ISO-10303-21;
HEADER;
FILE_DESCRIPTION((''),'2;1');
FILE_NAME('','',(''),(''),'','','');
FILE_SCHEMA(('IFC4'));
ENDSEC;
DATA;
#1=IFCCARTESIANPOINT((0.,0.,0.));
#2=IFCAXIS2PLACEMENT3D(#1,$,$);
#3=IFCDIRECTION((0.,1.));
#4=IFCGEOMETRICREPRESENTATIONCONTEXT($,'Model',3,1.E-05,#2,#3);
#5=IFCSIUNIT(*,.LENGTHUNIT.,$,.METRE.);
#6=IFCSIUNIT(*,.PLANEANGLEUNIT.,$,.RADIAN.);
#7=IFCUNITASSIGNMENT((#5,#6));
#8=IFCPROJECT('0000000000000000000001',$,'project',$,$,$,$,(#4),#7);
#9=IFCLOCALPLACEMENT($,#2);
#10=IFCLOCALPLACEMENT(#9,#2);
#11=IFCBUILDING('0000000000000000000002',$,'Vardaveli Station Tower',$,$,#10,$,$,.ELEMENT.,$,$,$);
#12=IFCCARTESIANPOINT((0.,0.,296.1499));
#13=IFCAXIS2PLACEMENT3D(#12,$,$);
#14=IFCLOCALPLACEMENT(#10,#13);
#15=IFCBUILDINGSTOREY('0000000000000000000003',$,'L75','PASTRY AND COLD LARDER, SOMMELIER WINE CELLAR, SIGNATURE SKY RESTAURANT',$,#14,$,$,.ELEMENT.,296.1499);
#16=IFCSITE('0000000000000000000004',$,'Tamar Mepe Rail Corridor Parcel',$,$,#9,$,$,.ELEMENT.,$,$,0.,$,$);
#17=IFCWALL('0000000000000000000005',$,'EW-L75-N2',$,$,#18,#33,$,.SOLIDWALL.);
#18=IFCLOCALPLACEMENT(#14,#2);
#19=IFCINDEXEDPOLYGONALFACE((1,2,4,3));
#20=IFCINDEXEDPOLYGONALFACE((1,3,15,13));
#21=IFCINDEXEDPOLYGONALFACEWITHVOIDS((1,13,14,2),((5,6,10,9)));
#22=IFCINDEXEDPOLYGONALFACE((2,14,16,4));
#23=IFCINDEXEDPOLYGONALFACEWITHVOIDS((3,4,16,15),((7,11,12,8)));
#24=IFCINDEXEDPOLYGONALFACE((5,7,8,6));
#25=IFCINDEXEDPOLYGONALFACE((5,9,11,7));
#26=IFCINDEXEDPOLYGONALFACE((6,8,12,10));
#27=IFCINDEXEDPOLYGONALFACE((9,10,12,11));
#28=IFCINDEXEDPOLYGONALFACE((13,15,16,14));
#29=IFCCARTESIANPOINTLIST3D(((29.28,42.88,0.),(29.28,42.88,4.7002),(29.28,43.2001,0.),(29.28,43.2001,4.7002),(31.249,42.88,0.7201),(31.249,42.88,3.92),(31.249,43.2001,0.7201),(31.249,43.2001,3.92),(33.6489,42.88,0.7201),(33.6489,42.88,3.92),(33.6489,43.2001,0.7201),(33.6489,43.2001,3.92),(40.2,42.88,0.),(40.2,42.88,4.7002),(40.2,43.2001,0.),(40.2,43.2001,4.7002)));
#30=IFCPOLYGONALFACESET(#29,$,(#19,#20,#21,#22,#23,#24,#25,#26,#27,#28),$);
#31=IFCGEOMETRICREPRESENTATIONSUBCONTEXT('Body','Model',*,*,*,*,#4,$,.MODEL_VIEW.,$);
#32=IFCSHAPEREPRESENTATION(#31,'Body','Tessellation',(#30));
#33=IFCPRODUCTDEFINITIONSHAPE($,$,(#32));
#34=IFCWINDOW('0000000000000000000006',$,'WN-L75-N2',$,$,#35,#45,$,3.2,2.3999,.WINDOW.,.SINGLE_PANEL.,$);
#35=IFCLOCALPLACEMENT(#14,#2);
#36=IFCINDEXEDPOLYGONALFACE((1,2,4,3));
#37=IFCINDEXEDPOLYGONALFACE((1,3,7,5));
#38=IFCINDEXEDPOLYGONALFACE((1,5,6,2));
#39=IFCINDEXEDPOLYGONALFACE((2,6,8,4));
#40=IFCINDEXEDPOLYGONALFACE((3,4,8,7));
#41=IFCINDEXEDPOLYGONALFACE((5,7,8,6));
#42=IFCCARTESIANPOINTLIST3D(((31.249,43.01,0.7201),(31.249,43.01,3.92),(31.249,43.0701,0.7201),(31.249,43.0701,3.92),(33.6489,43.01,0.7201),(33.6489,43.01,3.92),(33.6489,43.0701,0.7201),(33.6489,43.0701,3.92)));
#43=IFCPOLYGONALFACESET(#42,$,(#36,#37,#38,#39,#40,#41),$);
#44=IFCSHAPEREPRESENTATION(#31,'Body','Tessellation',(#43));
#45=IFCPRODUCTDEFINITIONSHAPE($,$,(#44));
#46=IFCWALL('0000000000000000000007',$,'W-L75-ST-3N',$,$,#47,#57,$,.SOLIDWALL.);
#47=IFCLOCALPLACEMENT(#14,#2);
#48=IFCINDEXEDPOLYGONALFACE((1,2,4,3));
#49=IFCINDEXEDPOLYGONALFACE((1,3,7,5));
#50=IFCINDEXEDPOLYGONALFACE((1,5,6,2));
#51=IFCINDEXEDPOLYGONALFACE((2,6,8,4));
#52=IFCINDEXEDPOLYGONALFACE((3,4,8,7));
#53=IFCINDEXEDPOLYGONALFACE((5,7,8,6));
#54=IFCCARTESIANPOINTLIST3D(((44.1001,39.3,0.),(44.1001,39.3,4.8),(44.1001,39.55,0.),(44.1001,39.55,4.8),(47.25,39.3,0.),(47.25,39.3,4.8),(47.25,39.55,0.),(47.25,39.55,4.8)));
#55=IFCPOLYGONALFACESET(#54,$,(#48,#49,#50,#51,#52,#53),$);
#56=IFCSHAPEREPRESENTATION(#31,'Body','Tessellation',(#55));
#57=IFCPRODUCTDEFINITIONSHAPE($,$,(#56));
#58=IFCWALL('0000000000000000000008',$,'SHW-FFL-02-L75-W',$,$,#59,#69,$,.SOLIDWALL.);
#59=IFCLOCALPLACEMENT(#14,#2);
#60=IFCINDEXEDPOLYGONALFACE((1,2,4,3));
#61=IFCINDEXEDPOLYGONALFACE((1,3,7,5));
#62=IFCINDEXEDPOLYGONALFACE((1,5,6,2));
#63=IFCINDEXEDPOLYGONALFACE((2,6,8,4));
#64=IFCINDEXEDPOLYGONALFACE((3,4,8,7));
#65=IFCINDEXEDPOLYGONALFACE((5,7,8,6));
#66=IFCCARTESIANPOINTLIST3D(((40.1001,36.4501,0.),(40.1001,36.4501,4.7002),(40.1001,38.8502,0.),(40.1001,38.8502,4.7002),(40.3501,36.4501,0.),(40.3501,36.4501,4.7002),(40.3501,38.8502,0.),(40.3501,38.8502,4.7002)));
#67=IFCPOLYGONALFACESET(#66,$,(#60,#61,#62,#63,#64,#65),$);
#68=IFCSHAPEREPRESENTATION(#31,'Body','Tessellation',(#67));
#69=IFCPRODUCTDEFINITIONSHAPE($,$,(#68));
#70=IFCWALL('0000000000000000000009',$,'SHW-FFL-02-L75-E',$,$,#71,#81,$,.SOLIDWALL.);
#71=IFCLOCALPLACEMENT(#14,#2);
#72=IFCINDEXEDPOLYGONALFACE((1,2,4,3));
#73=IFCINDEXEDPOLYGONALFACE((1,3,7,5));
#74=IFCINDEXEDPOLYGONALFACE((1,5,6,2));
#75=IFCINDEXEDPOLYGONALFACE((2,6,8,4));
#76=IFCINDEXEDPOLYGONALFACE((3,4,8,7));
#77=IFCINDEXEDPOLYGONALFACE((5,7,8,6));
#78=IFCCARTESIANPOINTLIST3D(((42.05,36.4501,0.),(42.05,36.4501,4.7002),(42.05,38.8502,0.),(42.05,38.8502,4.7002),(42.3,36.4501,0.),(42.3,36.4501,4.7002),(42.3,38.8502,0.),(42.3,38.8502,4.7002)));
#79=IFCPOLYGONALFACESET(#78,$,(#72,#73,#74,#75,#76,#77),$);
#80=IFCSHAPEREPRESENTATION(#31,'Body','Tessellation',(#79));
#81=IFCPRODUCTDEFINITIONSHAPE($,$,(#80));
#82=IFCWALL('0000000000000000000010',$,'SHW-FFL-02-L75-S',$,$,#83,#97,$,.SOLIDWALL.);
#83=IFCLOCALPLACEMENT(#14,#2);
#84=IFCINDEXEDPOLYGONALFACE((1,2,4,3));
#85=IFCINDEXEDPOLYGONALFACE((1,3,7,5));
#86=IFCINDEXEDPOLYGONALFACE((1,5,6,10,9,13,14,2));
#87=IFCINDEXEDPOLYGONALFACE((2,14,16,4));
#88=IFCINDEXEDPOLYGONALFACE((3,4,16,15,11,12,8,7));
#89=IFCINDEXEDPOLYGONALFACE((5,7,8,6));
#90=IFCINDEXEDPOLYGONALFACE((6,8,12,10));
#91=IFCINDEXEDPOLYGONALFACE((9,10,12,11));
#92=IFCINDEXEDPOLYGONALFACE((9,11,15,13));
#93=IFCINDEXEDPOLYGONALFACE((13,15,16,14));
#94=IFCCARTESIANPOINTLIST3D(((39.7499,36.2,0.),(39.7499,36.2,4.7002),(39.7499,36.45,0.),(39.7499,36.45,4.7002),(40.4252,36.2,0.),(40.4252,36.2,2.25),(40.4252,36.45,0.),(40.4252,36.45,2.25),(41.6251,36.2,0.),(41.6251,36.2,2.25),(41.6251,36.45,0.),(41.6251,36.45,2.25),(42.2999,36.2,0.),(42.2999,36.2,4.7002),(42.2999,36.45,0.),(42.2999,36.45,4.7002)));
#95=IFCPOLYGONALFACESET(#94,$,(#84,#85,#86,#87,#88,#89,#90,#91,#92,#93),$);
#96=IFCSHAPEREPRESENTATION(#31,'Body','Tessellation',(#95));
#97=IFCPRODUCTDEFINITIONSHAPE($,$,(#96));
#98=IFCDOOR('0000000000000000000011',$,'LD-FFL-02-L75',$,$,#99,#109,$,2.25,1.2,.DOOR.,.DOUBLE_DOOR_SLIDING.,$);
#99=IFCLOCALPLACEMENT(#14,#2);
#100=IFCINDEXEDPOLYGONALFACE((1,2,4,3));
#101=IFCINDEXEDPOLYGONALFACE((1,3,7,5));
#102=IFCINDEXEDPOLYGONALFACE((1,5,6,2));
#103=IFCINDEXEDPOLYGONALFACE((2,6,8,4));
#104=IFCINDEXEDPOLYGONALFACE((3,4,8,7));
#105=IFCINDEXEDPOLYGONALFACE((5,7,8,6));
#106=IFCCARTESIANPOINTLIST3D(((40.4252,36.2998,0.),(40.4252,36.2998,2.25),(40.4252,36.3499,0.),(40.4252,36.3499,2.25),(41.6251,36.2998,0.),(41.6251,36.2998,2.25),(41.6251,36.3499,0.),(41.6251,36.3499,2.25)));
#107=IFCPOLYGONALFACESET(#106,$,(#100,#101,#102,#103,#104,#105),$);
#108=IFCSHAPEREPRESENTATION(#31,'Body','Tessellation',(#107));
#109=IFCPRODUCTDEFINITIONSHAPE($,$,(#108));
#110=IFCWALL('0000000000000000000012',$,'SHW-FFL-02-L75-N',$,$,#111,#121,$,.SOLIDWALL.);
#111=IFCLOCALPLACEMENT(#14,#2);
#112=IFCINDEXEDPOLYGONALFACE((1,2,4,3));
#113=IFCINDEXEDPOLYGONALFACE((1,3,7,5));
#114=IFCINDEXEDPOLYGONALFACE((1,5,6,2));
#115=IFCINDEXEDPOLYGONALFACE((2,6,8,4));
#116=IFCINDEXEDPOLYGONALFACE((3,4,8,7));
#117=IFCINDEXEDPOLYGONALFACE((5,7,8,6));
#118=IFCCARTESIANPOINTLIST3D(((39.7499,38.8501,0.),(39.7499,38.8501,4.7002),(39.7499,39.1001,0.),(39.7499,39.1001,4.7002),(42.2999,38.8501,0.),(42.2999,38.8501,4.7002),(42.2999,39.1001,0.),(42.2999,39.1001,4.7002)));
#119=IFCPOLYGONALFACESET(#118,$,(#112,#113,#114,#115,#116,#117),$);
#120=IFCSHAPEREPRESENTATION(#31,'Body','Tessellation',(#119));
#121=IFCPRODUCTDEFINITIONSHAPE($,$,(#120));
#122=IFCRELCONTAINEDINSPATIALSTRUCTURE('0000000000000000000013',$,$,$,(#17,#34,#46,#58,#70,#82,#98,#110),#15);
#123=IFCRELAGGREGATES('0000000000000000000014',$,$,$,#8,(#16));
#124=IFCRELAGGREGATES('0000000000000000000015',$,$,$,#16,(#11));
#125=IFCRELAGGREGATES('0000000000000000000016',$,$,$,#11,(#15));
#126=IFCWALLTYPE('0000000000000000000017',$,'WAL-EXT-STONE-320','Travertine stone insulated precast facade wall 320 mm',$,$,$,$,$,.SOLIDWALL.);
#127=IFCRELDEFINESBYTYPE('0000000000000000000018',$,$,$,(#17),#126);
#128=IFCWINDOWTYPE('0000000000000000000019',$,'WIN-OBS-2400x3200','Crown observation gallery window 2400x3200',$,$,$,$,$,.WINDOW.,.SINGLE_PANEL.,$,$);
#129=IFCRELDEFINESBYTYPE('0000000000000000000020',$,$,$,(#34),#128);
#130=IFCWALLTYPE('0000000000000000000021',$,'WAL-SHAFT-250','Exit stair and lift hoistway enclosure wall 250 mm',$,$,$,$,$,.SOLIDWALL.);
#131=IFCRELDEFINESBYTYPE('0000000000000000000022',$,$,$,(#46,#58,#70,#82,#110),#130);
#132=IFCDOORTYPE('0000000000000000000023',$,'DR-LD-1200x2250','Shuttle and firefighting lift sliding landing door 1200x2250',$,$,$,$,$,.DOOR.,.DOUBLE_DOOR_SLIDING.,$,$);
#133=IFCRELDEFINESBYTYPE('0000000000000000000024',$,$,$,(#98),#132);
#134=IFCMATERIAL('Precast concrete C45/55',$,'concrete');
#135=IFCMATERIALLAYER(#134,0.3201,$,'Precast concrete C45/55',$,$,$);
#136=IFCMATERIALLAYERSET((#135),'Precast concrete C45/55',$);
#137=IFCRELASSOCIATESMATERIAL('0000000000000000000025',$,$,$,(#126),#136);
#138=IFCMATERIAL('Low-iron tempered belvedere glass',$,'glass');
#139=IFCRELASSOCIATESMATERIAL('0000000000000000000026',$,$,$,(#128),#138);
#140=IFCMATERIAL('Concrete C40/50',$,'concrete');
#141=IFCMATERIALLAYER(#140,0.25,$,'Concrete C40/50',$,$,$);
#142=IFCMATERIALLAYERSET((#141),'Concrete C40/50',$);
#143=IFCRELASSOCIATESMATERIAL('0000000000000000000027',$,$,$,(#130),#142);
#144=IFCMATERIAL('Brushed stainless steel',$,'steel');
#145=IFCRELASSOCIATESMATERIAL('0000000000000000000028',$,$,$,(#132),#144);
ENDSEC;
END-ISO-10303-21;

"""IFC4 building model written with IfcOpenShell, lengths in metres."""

from ifc_helpers import new_model, si_unit, direction, frame, frame_2d, origin, place, context, subcontext, project, spatial, rectangle, extrude, source, transform, mapped, material, layer, layer_set, type_object, element, fill, save


model = new_model("IFC4")

# Units and contexts
model_context = context("Model", 3, precision=1e-05, world=origin(), true_north=direction((0.0, 1.0)))
body_context = subcontext(model_context, "Body", "Model", "MODEL_VIEW")
ifc_project = project(units=[si_unit("LENGTHUNIT", "METRE"), si_unit("PLANEANGLEUNIT", "RADIAN")], contexts=[model_context])

# Site, building, storey
site_placement = place(None, origin())
site = spatial("IfcSite", under=ifc_project, at=site_placement, Name="Tamar Mepe Rail Corridor Parcel", CompositionType="ELEMENT", RefElevation=0.0)
building_placement = place(site_placement, origin())
building = spatial("IfcBuilding", under=site, at=building_placement, Name="Vardaveli Station Tower", CompositionType="ELEMENT")
storey_placement = place(building_placement, frame((0.0, 0.0, 296.1499)))
storey = spatial("IfcBuildingStorey", under=building, at=storey_placement, Name="L75", Description="PASTRY AND COLD LARDER, SOMMELIER WINE CELLAR, SIGNATURE SKY RESTAURANT", CompositionType="ELEMENT", Elevation=296.1499)

# Shared definitions
ifc_material_1 = material(Name="Precast concrete C45/55", Category="concrete")

# Wall, opening, window
ifc_layer_1 = layer(ifc_material_1, 0.3201, Name="Precast concrete C45/55")
ifc_layer_set_1 = layer_set([ifc_layer_1], Name="Precast concrete C45/55")
wall_type_1 = type_object("IfcWallType", Name="WAL-EXT-STONE-320", Description="Travertine stone insulated precast facade wall 320 mm", PredefinedType="SOLIDWALL", material=ifc_layer_set_1)
shared_shape_1 = source(origin(), body_context, "Body", "SweptSolid", [
    extrude(rectangle(XDim=10.9199, YDim=0.3201, at=frame_2d((5.46, 0.0))), origin(), (0.0, 0.0, 1.0), 4.7002),
])
wall_1_placement = place(storey_placement, frame((40.2, 43.04, 0.0), z_axis=(0.0, 0.0, 1.0), x_axis=(-1.0, 0.0, 0.0)))
wall_1 = element("IfcWall", 1, at=wall_1_placement, inside=storey, type_object=wall_type_1, Name="EW-L75-N2", PredefinedType="SOLIDWALL", context=body_context, shape_type="MappedRepresentation", body=[
    mapped(shared_shape_1, transform((0.0, 0.0, 0.0), scale=1.0)),
])
shared_shape_2 = source(origin(), body_context, "Body", "SweptSolid", [
    extrude(rectangle(XDim=2.3999, YDim=3.2, at=frame_2d((1.2, 1.6001))), frame((0.0, 0.1699, 0.0), z_axis=(0.0, -1.0, 0.0), x_axis=(1.0, 0.0, 0.0)), (0.0, 0.0, 1.0), 0.3401),
])
opening_1_placement = place(wall_1_placement, frame((6.551, 0.0, 0.72)))
opening_1 = element("IfcOpeningElement", 2, at=opening_1_placement, cuts=wall_1, PredefinedType="OPENING", context=body_context, shape_type="MappedRepresentation", body=[
    mapped(shared_shape_2, transform((0.0, 0.0, 0.0), scale=1.0)),
])
ifc_material_2 = material(Name="Low-iron tempered belvedere glass", Category="glass")
window_type = type_object("IfcWindowType", Name="WIN-OBS-2400x3200", Description="Crown observation gallery window 2400x3200", PartitioningType="SINGLE_PANEL", PredefinedType="WINDOW", material=ifc_material_2)
shared_shape_3 = source(origin(), body_context, "Body", "SweptSolid", [
    extrude(rectangle(XDim=2.3999, YDim=3.2, at=frame_2d((1.2, 1.6001))), frame((0.0, 0.03, 0.0), z_axis=(0.0, -1.0, 0.0), x_axis=(1.0, 0.0, 0.0)), (0.0, 0.0, 1.0), 0.0601),
])
window_placement = place(opening_1_placement, origin())
window = element("IfcWindow", 3, at=window_placement, inside=storey, type_object=window_type, Name="WN-L75-N2", OverallHeight=3.2, OverallWidth=2.3999, PartitioningType="SINGLE_PANEL", PredefinedType="WINDOW", context=body_context, shape_type="MappedRepresentation", body=[
    mapped(shared_shape_3, transform((0.0, 0.0, 0.0), scale=1.0)),
])
fill(opening_1, window)

# Walls
ifc_material_3 = material(Name="Concrete C40/50", Category="concrete")
ifc_layer_2 = layer(ifc_material_3, 0.25, Name="Concrete C40/50")
ifc_layer_set_2 = layer_set([ifc_layer_2], Name="Concrete C40/50")
wall_type_2 = type_object("IfcWallType", Name="WAL-SHAFT-250", Description="Exit stair and lift hoistway enclosure wall 250 mm", PredefinedType="SOLIDWALL", material=ifc_layer_set_2)
shared_shape_4 = source(origin(), body_context, "Body", "SweptSolid", [
    extrude(rectangle(XDim=3.1499, YDim=0.25, at=frame_2d((1.575, 0.0))), origin(), (0.0, 0.0, 1.0), 4.8),
])
wall_2_placement = place(storey_placement, frame((44.1001, 39.425, 0.0), z_axis=(0.0, 0.0, 1.0), x_axis=(1.0, 0.0, 0.0)))
element("IfcWall", 4, at=wall_2_placement, inside=storey, type_object=wall_type_2, Name="W-L75-ST-3N", PredefinedType="SOLIDWALL", context=body_context, shape_type="MappedRepresentation", body=[
    mapped(shared_shape_4, transform((0.0, 0.0, 0.0), scale=1.0)),
])
shared_shape_5 = source(origin(), body_context, "Body", "SweptSolid", [
    extrude(rectangle(XDim=2.4001, YDim=0.25, at=frame_2d((1.2002, 0.0))), origin(), (0.0, 0.0, 1.0), 4.7002),
])
for number, where, z_axis, x_axis, name in (
    (5, (40.2251, 36.45, 0.0), (0.0, 0.0, 1.0), (0.0, 1.0, 0.0), "SHW-FFL-02-L75-W"),
    (6, (42.175, 36.45, 0.0), (0.0, 0.0, 1.0), (0.0, 1.0, 0.0), "SHW-FFL-02-L75-E"),
):
    element("IfcWall", number, at=place(storey_placement, frame(where, z_axis=z_axis, x_axis=x_axis)), inside=storey, type_object=wall_type_2, Name=name, PredefinedType="SOLIDWALL", context=body_context, shape_type="MappedRepresentation", body=[
        mapped(shared_shape_5, transform((0.0, 0.0, 0.0), scale=1.0)),
    ])

# Wall, opening, door
shared_shape_6 = source(origin(), body_context, "Body", "SweptSolid", [
    extrude(rectangle(XDim=2.55, YDim=0.25, at=frame_2d((1.2749, 0.0))), origin(), (0.0, 0.0, 1.0), 4.7002),
])
wall_3_placement = place(storey_placement, frame((39.75, 36.325, 0.0), z_axis=(0.0, 0.0, 1.0), x_axis=(1.0, 0.0, 0.0)))
wall_3 = element("IfcWall", 7, at=wall_3_placement, inside=storey, type_object=wall_type_2, Name="SHW-FFL-02-L75-S", PredefinedType="SOLIDWALL", context=body_context, shape_type="MappedRepresentation", body=[
    mapped(shared_shape_6, transform((0.0, 0.0, 0.0), scale=1.0)),
])
shared_shape_7 = source(origin(), body_context, "Body", "SweptSolid", [
    extrude(rectangle(XDim=1.2, YDim=2.25, at=frame_2d((0.6001, 1.125))), frame((0.0, 0.135, 0.0), z_axis=(0.0, -1.0, 0.0), x_axis=(1.0, 0.0, 0.0)), (0.0, 0.0, 1.0), 0.27),
])
opening_2_placement = place(wall_3_placement, frame((0.675, 0.0, 0.0)))
opening_2 = element("IfcOpeningElement", 8, at=opening_2_placement, cuts=wall_3, PredefinedType="OPENING", context=body_context, shape_type="MappedRepresentation", body=[
    mapped(shared_shape_7, transform((0.0, 0.0, 0.0), scale=1.0)),
])
ifc_material_4 = material(Name="Brushed stainless steel", Category="steel")
door_type = type_object("IfcDoorType", Name="DR-LD-1200x2250", Description="Shuttle and firefighting lift sliding landing door 1200x2250", OperationType="DOUBLE_DOOR_SLIDING", PredefinedType="DOOR", material=ifc_material_4)
shared_shape_8 = source(origin(), body_context, "Body", "SweptSolid", [
    extrude(rectangle(XDim=1.2, YDim=2.25, at=frame_2d((0.6001, 1.125))), frame((0.0, 0.0249, 0.0), z_axis=(0.0, -1.0, 0.0), x_axis=(1.0, 0.0, 0.0)), (0.0, 0.0, 1.0), 0.05),
])
door_placement = place(opening_2_placement, origin())
door = element("IfcDoor", 9, at=door_placement, inside=storey, type_object=door_type, Name="LD-FFL-02-L75", OperationType="DOUBLE_DOOR_SLIDING", OverallHeight=2.25, OverallWidth=1.2, PredefinedType="DOOR", context=body_context, shape_type="MappedRepresentation", body=[
    mapped(shared_shape_8, transform((0.0, 0.0, 0.0), scale=1.0)),
])
fill(opening_2, door)

# Wall
wall_4_placement = place(storey_placement, frame((39.75, 38.9751, 0.0), z_axis=(0.0, 0.0, 1.0), x_axis=(1.0, 0.0, 0.0)))
element("IfcWall", 10, at=wall_4_placement, inside=storey, type_object=wall_type_2, Name="SHW-FFL-02-L75-N", PredefinedType="SOLIDWALL", context=body_context, shape_type="MappedRepresentation", body=[
    mapped(shared_shape_6, transform((0.0, 0.0, 0.0), scale=1.0)),
])

save(model, "model.ifc")
